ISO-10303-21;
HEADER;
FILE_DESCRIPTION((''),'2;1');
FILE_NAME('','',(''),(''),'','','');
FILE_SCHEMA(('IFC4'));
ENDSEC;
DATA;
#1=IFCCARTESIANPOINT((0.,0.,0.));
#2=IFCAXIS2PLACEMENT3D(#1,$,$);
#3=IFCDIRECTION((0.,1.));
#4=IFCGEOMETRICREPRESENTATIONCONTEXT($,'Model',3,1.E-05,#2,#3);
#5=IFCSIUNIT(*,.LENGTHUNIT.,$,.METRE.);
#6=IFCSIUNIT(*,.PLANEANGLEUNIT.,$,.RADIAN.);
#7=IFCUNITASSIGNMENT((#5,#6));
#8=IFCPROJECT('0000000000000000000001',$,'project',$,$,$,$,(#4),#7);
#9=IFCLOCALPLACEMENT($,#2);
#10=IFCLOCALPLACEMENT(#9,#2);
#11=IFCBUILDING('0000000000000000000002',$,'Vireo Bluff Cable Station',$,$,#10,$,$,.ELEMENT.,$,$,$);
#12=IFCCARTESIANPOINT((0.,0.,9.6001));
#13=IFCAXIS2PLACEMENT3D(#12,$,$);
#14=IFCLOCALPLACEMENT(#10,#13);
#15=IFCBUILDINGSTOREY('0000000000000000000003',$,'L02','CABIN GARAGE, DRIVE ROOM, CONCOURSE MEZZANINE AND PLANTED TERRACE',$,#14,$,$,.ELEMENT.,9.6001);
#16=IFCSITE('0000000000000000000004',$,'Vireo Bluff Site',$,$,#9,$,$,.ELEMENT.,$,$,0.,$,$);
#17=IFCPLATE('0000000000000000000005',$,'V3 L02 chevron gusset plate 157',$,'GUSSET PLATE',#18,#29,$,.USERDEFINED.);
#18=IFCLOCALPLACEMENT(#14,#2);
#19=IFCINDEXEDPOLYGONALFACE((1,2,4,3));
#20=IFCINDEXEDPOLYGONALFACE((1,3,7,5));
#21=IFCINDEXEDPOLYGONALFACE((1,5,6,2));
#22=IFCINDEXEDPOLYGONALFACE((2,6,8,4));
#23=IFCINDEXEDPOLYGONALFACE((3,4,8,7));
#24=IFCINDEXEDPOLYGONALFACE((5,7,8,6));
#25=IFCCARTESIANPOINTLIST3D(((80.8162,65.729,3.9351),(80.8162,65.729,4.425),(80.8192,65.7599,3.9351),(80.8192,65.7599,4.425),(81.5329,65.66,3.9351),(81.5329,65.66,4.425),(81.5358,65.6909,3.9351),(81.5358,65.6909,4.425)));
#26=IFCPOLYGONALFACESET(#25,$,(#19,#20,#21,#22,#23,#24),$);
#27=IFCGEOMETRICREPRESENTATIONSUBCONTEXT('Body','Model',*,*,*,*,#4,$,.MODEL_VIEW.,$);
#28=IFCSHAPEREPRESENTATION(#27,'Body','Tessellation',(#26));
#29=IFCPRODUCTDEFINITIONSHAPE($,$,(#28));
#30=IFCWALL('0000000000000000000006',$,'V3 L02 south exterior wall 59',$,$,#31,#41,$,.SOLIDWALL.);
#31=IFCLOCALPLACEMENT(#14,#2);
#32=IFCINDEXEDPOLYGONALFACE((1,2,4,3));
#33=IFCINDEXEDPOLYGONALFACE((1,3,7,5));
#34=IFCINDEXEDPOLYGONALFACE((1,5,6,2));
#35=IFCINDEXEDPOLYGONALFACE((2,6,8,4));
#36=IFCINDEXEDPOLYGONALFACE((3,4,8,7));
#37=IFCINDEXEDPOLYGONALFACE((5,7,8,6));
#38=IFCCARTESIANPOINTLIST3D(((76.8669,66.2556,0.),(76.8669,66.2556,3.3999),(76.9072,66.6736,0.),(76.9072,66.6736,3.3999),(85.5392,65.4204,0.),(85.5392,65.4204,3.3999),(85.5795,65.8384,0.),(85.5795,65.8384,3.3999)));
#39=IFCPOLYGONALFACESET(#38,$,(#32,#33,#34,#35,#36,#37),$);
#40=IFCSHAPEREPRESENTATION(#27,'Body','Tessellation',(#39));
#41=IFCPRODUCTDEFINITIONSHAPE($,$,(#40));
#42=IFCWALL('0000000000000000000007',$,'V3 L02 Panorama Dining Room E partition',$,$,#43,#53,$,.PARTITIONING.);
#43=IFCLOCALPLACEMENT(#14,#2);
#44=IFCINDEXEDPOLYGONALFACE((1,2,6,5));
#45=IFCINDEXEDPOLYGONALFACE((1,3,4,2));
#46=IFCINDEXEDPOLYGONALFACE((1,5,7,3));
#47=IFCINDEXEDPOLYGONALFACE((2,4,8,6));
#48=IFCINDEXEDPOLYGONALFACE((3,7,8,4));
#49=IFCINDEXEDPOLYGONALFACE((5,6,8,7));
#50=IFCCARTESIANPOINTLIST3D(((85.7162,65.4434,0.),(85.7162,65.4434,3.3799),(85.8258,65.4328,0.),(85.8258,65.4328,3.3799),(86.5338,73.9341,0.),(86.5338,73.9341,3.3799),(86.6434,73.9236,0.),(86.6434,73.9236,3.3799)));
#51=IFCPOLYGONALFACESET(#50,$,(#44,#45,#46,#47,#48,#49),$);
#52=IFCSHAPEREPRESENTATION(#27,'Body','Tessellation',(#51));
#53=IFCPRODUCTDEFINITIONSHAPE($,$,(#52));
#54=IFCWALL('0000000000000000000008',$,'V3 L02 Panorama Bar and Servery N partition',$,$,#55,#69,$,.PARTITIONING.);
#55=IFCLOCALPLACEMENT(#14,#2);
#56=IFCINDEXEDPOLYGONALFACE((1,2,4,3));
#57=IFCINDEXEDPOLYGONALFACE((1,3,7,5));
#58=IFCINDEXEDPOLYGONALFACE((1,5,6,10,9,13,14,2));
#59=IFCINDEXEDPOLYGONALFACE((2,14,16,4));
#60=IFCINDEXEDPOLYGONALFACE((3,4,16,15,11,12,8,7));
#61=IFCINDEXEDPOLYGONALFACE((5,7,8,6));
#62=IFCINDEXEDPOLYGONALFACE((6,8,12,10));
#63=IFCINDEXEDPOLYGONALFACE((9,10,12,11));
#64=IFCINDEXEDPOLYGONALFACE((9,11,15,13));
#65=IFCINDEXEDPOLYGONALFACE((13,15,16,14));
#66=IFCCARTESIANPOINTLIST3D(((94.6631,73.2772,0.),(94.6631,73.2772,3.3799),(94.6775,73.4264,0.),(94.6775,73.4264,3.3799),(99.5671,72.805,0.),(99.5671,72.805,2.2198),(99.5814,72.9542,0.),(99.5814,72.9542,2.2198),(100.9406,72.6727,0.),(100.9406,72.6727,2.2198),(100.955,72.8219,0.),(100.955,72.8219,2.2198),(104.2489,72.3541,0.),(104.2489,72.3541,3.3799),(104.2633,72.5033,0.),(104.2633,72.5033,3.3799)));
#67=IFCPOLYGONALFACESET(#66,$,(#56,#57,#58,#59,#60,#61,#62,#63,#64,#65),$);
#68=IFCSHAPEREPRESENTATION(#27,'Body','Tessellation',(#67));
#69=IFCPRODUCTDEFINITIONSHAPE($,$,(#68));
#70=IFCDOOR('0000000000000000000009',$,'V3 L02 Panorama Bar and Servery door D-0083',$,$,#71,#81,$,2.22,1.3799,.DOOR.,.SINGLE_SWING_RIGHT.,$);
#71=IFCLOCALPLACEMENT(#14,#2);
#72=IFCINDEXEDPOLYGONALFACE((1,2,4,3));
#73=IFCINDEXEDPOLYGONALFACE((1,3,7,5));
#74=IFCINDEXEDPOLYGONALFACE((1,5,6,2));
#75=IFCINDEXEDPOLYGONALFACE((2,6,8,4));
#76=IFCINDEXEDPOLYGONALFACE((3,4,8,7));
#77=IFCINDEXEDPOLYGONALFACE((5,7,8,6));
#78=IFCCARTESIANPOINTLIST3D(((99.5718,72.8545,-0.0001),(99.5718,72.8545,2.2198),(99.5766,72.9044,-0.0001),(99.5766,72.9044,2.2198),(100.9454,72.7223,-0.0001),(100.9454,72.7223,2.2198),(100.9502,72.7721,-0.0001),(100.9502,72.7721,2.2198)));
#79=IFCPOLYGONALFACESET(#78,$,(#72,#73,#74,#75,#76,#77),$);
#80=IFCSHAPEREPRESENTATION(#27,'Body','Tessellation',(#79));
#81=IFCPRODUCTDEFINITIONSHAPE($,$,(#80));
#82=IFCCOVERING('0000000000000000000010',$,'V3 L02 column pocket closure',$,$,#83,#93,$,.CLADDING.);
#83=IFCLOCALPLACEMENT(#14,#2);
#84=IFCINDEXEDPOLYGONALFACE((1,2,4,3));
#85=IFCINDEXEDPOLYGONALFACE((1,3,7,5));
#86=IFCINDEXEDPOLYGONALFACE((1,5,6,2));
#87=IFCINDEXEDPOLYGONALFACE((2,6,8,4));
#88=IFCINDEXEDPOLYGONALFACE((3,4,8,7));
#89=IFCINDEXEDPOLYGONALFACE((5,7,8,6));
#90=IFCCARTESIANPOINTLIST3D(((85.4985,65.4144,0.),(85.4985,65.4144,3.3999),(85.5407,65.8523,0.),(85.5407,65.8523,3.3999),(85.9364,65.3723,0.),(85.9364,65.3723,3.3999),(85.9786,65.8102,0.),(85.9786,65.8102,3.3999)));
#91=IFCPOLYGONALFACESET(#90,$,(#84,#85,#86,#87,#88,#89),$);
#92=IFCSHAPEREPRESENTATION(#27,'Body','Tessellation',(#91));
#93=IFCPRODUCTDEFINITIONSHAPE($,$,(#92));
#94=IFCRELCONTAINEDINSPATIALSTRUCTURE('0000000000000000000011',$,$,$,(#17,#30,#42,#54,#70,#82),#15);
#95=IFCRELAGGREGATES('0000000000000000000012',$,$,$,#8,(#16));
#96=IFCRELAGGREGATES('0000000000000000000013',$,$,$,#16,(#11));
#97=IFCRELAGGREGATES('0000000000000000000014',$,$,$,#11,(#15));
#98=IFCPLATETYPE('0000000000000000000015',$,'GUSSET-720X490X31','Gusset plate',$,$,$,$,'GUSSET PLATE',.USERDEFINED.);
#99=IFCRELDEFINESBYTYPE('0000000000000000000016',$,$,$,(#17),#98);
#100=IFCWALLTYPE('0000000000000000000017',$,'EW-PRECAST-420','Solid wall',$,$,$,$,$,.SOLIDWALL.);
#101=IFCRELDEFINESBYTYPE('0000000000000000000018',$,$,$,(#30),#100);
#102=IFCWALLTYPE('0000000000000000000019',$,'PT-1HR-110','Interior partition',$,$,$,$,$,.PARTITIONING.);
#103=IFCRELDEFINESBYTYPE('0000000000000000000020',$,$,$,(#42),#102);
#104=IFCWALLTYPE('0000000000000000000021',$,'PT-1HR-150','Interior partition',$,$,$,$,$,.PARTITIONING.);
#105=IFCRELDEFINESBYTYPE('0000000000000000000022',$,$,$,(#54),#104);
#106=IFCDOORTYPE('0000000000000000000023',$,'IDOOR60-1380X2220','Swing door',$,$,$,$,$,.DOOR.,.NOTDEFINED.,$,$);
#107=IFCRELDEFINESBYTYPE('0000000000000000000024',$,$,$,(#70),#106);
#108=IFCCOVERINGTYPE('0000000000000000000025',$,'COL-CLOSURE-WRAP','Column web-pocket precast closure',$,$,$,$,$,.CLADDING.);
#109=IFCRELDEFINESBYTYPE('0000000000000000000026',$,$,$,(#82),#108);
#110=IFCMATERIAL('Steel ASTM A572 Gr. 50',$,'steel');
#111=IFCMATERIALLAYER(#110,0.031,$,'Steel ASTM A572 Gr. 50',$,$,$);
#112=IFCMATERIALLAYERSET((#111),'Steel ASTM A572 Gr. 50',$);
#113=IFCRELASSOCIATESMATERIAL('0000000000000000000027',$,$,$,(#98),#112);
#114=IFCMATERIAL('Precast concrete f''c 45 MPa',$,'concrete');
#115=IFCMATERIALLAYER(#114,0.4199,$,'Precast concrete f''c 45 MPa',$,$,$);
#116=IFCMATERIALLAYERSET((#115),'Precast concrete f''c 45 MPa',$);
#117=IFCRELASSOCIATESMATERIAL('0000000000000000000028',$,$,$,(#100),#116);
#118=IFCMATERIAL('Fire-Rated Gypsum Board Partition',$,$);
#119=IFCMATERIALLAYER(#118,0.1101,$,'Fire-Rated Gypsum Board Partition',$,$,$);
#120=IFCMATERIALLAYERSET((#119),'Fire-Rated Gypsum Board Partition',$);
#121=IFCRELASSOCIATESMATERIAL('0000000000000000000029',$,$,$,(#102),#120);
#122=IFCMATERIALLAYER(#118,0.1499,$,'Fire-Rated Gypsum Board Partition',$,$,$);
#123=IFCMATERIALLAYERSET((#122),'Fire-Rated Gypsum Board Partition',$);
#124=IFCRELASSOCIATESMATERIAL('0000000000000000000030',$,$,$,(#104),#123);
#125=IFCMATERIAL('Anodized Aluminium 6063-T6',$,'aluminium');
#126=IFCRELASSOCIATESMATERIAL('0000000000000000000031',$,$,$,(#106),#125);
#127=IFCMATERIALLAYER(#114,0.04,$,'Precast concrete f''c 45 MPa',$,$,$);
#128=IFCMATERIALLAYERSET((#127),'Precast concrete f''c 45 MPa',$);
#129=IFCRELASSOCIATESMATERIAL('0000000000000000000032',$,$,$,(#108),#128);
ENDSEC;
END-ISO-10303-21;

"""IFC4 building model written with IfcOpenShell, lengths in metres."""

from ifc_helpers import new_model, si_unit, direction, frame, frame_2d, origin, origin_with_axes, origin_2d, place, context, subcontext, project, spatial, rectangle, extrude, material, layer, layer_set, type_object, element, fill, save


model = new_model("IFC4")

# Units and contexts
model_context = context("Model", 3, precision=1e-05, world=origin(), true_north=direction((0.0, 1.0)))
body_context = subcontext(model_context, "Body", "Model", "MODEL_VIEW")
ifc_project = project(units=[si_unit("LENGTHUNIT", "METRE"), si_unit("PLANEANGLEUNIT", "RADIAN")], contexts=[model_context])

# Site, building, storey
site_placement = place(None, origin())
site = spatial("IfcSite", under=ifc_project, at=site_placement, Name="Vireo Bluff Site", CompositionType="ELEMENT", RefElevation=0.0)
building_placement = place(site_placement, origin())
building = spatial("IfcBuilding", under=site, at=building_placement, Name="Vireo Bluff Cable Station", CompositionType="ELEMENT")
storey_placement = place(building_placement, frame((0.0, 0.0, 9.6001)))
storey = spatial("IfcBuildingStorey", under=building, at=storey_placement, Name="L02", Description="CABIN GARAGE, DRIVE ROOM, CONCOURSE MEZZANINE AND PLANTED TERRACE", CompositionType="ELEMENT", Elevation=9.6001)

# Plate
ifc_material_1 = material(Name="Steel ASTM A572 Gr. 50", Category="steel")
ifc_layer_1 = layer(ifc_material_1, 0.031, Name="Steel ASTM A572 Gr. 50")
ifc_layer_set_1 = layer_set([ifc_layer_1], Name="Steel ASTM A572 Gr. 50")
plate_type = type_object("IfcPlateType", Name="GUSSET-720X490X31", Description="Gusset plate", ElementType="GUSSET PLATE", PredefinedType="USERDEFINED", material=ifc_layer_set_1)
plate_placement = place(storey_placement, frame((81.176, 65.71, 3.9351), z_axis=(0.0, 0.0, 1.0), x_axis=(0.995396, -0.095846, 0.0)))
element("IfcPlate", 1, at=plate_placement, inside=storey, type_object=plate_type, Name="V3 L02 chevron gusset plate 157", ObjectType="GUSSET PLATE", PredefinedType="USERDEFINED", context=body_context, shape_type="SweptSolid", body=[
    extrude(rectangle(XDim=0.72, YDim=0.031, at=origin_2d()), origin(), (0.0, 0.0, 1.0), 0.49),
])

# Walls
ifc_material_2 = material(Name="Precast concrete f'c 45 MPa", Category="concrete")
ifc_layer_2 = layer(ifc_material_2, 0.4199, Name="Precast concrete f'c 45 MPa")
ifc_layer_set_2 = layer_set([ifc_layer_2], Name="Precast concrete f'c 45 MPa")
wall_type_1 = type_object("IfcWallType", Name="EW-PRECAST-420", Description="Solid wall", PredefinedType="SOLIDWALL", material=ifc_layer_set_2)
wall_1_placement = place(storey_placement, frame((85.5593, 65.6294, 0.0), z_axis=(0.0, 0.0, 1.0), x_axis=(-0.995395, 0.095863, 0.0)))
element("IfcWall", 2, at=wall_1_placement, inside=storey, type_object=wall_type_1, Name="V3 L02 south exterior wall 59", PredefinedType="SOLIDWALL", context=body_context, shape_type="SweptSolid", body=[
    extrude(rectangle(XDim=8.7124, YDim=0.4199, at=frame_2d((4.3562, 0.0))), origin(), (0.0, 0.0, 1.0), 3.3999),
])
ifc_material_3 = material(Name="Fire-Rated Gypsum Board Partition")
ifc_layer_3 = layer(ifc_material_3, 0.1101, Name="Fire-Rated Gypsum Board Partition")
ifc_layer_set_3 = layer_set([ifc_layer_3], Name="Fire-Rated Gypsum Board Partition")
wall_type_2 = type_object("IfcWallType", Name="PT-1HR-110", Description="Interior partition", PredefinedType="PARTITIONING", material=ifc_layer_set_3)
wall_2_placement = place(storey_placement, frame((86.5886, 73.929, 0.0), z_axis=(0.0, 0.0, 1.0), x_axis=(-0.095853, -0.995395, 0.0)))
element("IfcWall", 3, at=wall_2_placement, inside=storey, type_object=wall_type_2, Name="V3 L02 Panorama Dining Room E partition", PredefinedType="PARTITIONING", context=body_context, shape_type="SweptSolid", body=[
    extrude(rectangle(XDim=8.53, YDim=0.1101, at=frame_2d((4.2651, 0.0))), origin(), (0.0, 0.0, 1.0), 3.3799),
])

# Wall, opening, door
ifc_layer_4 = layer(ifc_material_3, 0.1499, Name="Fire-Rated Gypsum Board Partition")
ifc_layer_set_4 = layer_set([ifc_layer_4], Name="Fire-Rated Gypsum Board Partition")
wall_type_3 = type_object("IfcWallType", Name="PT-1HR-150", Description="Interior partition", PredefinedType="PARTITIONING", material=ifc_layer_set_4)
wall_3_placement = place(storey_placement, frame((94.6704, 73.3518, 0.0), z_axis=(0.0, 0.0, 1.0), x_axis=(0.995395, -0.095856, 0.0)))
wall_3 = element("IfcWall", 4, at=wall_3_placement, inside=storey, type_object=wall_type_3, Name="V3 L02 Panorama Bar and Servery N partition", PredefinedType="PARTITIONING", context=body_context, shape_type="SweptSolid", body=[
    extrude(rectangle(XDim=9.6301, YDim=0.1499, at=frame_2d((4.8149, 0.0))), origin(), (0.0, 0.0, 1.0), 3.3799),
])
opening_placement = place(wall_3_placement, frame((4.9265, 0.0, 0.0)))
opening = element("IfcOpeningElement", 5, at=opening_placement, cuts=wall_3, PredefinedType="OPENING", context=body_context, shape_type="SweptSolid", body=[
    extrude(rectangle(XDim=1.3799, YDim=2.22, at=frame_2d((0.6899, 1.1099))), frame((0.0, 0.085, 0.0), z_axis=(0.0, -1.0, 0.0), x_axis=(1.0, 0.0, 0.0)), (0.0, 0.0, 1.0), 0.1699),
])
ifc_material_4 = material(Name="Anodized Aluminium 6063-T6", Category="aluminium")
door_type = type_object("IfcDoorType", Name="IDOOR60-1380X2220", Description="Swing door", OperationType="NOTDEFINED", PredefinedType="DOOR", material=ifc_material_4)
door_placement = place(opening_placement, origin_with_axes())
door = element("IfcDoor", 6, at=door_placement, inside=storey, type_object=door_type, Name="V3 L02 Panorama Bar and Servery door D-0083", OperationType="SINGLE_SWING_RIGHT", OverallHeight=2.22, OverallWidth=1.3799, PredefinedType="DOOR", context=body_context, shape_type="SweptSolid", body=[
    extrude(rectangle(XDim=1.3799, YDim=2.22, at=frame_2d((0.6899, 1.1099))), frame((0.0, 0.0249, 0.0), z_axis=(0.0, -1.0, 0.0), x_axis=(1.0, 0.0, 0.0)), (0.0, 0.0, 1.0), 0.05),
])
fill(opening, door)

# Covering
ifc_layer_5 = layer(ifc_material_2, 0.04, Name="Precast concrete f'c 45 MPa")
ifc_layer_set_5 = layer_set([ifc_layer_5], Name="Precast concrete f'c 45 MPa")
covering_type = type_object("IfcCoveringType", Name="COL-CLOSURE-WRAP", Description="Column web-pocket precast closure", PredefinedType="CLADDING", material=ifc_layer_set_5)
covering_placement = place(storey_placement, frame((85.7385, 65.6123, 0.0), z_axis=(0.0, 0.0, 1.0), x_axis=(0.995396, -0.095846, 0.0)))
element("IfcCovering", 7, at=covering_placement, inside=storey, type_object=covering_type, Name="V3 L02 column pocket closure", PredefinedType="CLADDING", context=body_context, shape_type="SweptSolid", body=[
    extrude(rectangle(XDim=0.4399, YDim=0.4399, at=origin_2d()), origin(), (0.0, 0.0, 1.0), 3.3999),
])

save(model, "model.ifc")
